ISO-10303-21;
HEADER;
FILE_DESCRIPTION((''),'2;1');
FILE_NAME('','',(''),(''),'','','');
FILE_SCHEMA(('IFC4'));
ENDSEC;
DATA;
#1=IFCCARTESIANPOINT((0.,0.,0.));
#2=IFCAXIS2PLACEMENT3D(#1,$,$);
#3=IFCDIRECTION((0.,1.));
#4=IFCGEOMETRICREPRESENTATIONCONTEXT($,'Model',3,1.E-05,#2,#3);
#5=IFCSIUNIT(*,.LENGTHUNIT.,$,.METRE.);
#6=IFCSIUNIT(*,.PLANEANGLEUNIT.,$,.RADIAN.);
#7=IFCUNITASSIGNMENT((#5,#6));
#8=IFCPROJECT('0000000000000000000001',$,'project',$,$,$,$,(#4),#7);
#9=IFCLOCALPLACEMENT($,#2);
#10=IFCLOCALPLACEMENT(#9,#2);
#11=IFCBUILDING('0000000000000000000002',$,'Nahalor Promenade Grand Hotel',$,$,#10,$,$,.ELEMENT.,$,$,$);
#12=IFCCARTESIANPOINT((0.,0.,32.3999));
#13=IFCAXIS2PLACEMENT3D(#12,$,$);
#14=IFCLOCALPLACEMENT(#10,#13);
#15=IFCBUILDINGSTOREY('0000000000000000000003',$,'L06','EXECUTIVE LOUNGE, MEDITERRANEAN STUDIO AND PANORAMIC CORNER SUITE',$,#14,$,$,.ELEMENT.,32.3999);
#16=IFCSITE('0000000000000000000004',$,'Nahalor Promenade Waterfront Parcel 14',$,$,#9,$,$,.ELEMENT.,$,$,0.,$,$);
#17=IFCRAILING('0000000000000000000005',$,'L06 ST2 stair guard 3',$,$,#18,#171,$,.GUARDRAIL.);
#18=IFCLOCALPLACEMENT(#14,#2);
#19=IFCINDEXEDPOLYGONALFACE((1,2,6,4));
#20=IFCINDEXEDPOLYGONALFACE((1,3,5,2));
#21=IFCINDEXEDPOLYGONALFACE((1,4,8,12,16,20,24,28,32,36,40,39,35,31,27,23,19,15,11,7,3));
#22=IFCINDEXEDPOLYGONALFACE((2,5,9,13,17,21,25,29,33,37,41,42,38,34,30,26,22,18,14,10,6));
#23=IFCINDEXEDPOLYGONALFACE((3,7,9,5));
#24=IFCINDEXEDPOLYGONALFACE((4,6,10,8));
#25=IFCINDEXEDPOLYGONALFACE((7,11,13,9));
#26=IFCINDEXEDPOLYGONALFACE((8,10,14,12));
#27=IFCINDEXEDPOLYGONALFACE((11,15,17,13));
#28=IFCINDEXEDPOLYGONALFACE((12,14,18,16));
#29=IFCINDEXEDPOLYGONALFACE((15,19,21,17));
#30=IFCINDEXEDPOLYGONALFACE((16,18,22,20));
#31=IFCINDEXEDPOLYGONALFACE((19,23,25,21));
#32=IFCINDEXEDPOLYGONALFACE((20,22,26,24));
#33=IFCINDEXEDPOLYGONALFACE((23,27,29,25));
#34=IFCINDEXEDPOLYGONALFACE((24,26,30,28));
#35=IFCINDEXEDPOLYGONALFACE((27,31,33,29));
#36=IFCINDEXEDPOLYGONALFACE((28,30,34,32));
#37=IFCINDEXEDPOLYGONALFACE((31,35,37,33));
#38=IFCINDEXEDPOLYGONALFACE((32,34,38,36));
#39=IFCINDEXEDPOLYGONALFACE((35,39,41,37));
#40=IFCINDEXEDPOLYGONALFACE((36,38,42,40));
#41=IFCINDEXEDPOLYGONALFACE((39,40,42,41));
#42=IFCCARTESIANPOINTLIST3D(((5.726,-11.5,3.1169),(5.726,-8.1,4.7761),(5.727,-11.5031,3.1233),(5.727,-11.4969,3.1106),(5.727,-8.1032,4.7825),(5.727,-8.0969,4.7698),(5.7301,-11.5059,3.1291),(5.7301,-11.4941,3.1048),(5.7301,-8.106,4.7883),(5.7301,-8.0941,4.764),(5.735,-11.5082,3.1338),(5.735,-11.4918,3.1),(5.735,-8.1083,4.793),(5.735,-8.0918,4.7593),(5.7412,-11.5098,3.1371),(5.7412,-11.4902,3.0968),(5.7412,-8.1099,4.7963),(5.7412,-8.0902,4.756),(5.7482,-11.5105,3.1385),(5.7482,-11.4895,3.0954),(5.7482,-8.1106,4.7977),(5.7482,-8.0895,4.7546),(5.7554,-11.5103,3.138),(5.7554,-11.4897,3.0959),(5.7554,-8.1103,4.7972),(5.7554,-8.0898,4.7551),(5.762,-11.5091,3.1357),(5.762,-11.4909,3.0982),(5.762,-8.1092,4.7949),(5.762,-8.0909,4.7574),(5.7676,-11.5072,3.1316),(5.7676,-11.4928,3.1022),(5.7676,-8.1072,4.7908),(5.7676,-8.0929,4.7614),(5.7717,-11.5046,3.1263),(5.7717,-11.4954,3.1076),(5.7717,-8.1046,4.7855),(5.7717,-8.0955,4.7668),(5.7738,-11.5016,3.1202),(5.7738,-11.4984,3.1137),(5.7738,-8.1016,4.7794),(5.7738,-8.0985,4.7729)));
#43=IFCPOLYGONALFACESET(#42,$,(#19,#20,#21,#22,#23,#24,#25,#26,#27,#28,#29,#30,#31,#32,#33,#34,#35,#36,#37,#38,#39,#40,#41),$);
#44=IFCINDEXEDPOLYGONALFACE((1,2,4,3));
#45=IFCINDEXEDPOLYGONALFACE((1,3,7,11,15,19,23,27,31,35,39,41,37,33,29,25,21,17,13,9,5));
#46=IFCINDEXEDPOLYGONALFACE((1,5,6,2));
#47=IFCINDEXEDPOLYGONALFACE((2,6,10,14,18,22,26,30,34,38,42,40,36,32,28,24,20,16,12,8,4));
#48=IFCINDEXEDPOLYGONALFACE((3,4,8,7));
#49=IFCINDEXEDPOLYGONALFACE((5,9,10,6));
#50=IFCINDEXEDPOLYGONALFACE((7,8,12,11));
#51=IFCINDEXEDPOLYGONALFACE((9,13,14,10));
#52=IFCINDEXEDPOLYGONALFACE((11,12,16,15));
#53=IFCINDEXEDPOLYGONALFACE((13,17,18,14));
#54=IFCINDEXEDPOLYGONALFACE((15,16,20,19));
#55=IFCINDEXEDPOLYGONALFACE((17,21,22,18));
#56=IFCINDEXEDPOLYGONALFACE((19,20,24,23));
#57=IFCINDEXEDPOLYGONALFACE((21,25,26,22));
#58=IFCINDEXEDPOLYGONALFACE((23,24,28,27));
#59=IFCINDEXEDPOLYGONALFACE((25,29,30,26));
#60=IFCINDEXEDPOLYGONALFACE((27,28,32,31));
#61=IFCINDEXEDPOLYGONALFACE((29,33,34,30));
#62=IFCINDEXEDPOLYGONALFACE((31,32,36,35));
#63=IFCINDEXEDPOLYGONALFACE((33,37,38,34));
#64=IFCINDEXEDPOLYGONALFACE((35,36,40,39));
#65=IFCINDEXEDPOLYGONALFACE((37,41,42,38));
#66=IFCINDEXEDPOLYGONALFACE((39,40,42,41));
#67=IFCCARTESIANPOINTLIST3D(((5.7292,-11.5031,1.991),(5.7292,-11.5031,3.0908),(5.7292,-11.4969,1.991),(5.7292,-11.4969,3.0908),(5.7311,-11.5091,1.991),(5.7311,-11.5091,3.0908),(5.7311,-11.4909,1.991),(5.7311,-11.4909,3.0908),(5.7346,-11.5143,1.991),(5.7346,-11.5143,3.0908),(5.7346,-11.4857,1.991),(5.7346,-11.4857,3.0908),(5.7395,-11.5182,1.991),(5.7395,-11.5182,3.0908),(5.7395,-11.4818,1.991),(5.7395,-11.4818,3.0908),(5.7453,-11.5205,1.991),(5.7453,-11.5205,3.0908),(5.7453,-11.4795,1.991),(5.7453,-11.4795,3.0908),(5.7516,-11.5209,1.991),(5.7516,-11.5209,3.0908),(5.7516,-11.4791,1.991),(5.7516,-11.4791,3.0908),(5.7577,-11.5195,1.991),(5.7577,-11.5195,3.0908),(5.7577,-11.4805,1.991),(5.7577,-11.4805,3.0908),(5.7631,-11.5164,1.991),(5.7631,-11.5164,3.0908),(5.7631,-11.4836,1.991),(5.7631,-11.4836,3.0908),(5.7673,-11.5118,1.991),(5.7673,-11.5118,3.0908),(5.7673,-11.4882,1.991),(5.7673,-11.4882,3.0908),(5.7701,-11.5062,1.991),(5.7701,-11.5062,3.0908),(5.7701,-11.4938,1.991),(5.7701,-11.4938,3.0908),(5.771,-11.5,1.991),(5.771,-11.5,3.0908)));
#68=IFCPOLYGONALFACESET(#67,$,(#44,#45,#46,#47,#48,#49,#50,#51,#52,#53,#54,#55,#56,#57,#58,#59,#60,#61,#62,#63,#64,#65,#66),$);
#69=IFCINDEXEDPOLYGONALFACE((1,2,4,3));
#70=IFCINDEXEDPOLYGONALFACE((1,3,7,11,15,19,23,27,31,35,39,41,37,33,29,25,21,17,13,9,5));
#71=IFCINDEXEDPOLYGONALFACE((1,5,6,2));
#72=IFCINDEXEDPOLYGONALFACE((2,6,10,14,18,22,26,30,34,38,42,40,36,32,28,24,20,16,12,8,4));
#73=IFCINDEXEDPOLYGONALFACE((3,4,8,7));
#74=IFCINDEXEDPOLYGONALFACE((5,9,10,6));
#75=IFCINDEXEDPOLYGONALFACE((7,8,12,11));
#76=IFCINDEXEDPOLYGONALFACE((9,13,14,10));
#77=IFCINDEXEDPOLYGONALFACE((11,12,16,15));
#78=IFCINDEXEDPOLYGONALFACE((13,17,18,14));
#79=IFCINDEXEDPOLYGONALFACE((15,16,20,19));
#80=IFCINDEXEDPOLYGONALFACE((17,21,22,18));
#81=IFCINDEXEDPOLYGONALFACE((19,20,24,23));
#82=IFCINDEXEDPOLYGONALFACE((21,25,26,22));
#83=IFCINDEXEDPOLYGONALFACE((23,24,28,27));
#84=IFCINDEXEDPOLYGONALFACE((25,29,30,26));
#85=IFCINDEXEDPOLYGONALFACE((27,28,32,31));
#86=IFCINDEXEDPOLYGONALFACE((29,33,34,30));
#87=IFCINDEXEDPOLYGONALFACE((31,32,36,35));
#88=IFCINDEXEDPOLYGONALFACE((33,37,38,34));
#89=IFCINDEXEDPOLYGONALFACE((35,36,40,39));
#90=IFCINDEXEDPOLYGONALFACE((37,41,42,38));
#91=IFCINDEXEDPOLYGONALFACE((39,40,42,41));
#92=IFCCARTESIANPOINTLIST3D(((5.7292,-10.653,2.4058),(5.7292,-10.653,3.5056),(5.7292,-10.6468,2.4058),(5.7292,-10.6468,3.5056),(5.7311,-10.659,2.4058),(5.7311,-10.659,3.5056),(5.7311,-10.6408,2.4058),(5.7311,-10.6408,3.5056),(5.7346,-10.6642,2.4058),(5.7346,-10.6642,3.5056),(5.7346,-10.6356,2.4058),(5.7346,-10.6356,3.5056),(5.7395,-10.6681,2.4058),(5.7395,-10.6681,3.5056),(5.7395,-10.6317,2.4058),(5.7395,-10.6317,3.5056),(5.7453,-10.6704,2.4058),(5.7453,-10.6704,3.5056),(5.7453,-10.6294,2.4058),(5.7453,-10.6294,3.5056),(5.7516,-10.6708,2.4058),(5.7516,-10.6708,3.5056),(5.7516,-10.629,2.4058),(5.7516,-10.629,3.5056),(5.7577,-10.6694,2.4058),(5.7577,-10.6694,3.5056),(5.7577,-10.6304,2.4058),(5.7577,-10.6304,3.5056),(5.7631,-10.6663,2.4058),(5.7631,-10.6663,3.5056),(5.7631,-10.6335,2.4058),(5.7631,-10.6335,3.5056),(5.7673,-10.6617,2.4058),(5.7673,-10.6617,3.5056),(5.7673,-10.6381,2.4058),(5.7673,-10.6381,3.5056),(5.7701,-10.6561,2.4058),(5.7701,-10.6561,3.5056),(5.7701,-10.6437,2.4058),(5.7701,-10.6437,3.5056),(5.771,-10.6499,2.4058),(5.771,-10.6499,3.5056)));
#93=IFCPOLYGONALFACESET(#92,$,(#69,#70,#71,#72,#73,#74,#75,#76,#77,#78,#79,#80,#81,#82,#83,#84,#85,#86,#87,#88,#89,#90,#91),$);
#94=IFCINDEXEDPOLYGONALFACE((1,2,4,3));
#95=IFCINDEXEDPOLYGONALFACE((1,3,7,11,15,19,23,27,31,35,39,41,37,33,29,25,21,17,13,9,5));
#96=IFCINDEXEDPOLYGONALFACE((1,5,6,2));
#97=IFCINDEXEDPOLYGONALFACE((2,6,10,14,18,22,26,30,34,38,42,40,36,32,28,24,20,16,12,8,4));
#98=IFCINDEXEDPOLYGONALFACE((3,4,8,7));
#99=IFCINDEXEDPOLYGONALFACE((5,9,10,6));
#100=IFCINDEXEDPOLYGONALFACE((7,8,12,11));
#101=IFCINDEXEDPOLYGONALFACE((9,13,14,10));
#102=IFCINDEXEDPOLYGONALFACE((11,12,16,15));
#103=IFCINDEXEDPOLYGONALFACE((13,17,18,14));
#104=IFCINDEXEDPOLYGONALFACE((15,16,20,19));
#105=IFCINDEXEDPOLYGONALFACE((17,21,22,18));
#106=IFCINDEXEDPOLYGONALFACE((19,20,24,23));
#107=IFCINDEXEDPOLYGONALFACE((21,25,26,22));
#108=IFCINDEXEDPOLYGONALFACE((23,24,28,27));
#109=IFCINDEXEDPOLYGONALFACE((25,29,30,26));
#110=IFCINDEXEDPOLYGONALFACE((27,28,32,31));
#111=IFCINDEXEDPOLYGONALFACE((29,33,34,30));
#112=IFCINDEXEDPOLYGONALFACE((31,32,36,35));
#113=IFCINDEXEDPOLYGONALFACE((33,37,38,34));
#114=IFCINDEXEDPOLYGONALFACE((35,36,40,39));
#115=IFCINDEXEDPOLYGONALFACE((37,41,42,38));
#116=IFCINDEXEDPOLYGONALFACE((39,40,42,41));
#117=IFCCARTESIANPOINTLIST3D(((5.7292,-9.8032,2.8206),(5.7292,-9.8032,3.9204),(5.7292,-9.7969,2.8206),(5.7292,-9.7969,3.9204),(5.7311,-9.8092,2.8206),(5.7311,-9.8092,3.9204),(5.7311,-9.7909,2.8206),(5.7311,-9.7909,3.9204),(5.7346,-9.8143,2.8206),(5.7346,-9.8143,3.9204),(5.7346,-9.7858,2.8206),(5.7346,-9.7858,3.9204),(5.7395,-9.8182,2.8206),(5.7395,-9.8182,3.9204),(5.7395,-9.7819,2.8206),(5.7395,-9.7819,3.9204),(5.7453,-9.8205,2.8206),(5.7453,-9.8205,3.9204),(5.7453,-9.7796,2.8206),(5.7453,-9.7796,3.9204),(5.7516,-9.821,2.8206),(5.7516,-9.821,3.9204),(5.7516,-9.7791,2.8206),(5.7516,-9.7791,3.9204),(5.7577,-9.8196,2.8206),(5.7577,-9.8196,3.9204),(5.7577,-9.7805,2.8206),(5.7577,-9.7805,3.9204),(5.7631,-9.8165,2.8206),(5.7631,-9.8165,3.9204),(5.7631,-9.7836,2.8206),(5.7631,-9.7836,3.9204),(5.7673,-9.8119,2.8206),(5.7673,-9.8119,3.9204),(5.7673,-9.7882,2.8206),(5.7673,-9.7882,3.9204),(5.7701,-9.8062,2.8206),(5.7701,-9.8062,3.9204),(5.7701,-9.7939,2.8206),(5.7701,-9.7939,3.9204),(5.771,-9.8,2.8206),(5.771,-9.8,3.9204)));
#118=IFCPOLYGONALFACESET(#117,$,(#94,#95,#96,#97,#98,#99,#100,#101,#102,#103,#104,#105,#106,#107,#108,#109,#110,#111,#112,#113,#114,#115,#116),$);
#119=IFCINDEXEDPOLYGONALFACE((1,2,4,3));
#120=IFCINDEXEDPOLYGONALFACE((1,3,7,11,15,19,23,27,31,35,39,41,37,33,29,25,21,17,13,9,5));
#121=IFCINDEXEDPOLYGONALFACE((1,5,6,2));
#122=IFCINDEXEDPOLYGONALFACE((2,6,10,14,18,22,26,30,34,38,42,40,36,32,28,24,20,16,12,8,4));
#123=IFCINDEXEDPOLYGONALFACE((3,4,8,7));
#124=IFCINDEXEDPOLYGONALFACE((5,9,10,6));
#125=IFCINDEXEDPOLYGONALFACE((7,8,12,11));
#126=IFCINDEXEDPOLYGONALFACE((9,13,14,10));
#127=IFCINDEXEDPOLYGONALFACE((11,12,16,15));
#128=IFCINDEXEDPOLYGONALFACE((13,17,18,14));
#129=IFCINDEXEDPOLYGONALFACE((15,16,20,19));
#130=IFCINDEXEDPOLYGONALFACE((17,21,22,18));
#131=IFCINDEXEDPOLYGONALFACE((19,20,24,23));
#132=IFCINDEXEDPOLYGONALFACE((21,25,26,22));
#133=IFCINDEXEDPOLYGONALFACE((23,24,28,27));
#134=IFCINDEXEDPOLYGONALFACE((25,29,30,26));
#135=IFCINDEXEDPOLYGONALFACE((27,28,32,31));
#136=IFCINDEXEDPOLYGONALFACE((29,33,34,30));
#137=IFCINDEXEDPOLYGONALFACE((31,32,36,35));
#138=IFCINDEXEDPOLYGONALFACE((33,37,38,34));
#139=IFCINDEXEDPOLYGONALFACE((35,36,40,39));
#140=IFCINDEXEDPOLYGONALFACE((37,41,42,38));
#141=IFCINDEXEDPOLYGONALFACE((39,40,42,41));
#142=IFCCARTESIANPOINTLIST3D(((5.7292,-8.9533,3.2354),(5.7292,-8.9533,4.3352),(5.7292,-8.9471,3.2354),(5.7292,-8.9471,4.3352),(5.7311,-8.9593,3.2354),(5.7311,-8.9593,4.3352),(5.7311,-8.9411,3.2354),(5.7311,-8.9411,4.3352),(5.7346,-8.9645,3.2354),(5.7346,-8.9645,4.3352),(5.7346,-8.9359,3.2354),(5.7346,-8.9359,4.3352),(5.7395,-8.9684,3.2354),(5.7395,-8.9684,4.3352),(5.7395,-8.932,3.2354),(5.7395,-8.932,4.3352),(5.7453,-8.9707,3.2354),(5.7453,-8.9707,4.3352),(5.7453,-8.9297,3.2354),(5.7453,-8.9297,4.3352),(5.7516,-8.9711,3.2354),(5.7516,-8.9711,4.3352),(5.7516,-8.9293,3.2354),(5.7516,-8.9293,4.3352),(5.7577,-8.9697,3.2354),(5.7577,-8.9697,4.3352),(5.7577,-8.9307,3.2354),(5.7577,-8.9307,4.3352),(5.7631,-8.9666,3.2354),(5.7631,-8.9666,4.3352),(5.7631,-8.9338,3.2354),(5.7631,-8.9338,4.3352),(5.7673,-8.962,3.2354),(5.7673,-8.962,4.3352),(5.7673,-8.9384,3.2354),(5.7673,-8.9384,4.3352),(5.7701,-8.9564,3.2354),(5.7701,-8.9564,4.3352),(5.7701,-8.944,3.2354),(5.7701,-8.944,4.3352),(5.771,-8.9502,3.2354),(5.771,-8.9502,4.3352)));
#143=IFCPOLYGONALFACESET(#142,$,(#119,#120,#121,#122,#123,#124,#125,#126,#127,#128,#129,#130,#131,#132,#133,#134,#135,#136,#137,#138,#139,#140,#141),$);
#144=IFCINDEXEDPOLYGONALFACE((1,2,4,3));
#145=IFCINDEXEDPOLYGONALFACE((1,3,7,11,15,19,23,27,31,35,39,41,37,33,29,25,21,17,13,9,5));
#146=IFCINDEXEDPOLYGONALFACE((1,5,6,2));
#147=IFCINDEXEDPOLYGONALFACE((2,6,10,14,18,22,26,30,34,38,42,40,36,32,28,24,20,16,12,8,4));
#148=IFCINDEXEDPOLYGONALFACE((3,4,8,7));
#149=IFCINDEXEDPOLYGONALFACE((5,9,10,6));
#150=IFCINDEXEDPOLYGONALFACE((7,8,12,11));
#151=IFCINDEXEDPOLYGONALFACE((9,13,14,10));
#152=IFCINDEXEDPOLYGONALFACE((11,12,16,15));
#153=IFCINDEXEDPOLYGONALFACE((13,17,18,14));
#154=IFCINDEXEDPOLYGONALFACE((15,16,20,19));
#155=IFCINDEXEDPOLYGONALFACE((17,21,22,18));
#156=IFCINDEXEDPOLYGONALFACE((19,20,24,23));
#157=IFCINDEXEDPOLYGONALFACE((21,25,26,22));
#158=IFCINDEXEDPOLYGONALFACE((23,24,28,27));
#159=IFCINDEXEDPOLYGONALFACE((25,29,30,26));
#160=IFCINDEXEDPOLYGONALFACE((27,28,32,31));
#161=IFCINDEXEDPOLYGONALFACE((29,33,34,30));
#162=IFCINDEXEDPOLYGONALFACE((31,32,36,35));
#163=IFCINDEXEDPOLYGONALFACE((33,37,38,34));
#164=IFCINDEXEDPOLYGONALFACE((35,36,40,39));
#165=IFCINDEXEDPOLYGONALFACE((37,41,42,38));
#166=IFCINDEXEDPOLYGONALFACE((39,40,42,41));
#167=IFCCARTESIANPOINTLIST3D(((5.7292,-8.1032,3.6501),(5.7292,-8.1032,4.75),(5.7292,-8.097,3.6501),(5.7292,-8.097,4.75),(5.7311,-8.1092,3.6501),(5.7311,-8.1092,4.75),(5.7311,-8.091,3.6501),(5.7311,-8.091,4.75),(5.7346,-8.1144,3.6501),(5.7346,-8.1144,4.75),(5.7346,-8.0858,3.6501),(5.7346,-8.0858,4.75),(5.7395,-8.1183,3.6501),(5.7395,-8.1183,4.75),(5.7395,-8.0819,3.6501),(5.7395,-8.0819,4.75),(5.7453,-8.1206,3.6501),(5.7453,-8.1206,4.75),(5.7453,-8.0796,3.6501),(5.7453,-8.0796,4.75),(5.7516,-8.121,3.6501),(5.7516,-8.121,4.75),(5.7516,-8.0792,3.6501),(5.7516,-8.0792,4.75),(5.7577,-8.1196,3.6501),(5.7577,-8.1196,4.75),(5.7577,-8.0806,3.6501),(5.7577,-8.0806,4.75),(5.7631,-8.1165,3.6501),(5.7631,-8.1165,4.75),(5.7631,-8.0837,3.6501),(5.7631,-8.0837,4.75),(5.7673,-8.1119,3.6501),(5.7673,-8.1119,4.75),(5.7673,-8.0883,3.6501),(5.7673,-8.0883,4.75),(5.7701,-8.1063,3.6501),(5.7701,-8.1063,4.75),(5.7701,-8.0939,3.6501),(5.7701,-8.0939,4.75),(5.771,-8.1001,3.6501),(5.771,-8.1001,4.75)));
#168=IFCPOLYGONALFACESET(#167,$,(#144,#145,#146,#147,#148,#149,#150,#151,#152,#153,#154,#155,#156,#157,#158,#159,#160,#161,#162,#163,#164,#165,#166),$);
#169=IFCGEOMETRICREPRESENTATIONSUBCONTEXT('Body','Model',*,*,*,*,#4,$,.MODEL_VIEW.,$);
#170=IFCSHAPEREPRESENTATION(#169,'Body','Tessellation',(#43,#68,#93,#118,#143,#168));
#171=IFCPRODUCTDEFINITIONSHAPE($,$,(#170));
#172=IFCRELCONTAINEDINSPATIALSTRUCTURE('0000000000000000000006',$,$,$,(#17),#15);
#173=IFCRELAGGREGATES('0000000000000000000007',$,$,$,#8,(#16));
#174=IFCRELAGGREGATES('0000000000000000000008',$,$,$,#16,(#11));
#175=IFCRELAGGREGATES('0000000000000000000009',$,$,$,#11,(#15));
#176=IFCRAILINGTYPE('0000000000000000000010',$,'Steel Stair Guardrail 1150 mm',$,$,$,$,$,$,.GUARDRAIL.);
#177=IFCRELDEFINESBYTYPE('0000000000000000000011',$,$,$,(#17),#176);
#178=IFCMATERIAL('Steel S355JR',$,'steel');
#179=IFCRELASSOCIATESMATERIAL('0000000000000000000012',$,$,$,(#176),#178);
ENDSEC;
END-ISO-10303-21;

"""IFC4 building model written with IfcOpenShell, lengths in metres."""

from ifc_helpers import new_model, si_unit, direction, frame, origin, origin_2d, place, context, subcontext, project, spatial, circle, extrude, material, type_object, element, save


model = new_model("IFC4")

# Units and contexts
model_context = context("Model", 3, precision=1e-05, world=origin(), true_north=direction((0.0, 1.0)))
body_context = subcontext(model_context, "Body", "Model", "MODEL_VIEW")
ifc_project = project(units=[si_unit("LENGTHUNIT", "METRE"), si_unit("PLANEANGLEUNIT", "RADIAN")], contexts=[model_context])

# Site, building, storey
site_placement = place(None, origin())
site = spatial("IfcSite", under=ifc_project, at=site_placement, Name="Nahalor Promenade Waterfront Parcel 14", CompositionType="ELEMENT", RefElevation=0.0)
building_placement = place(site_placement, origin())
building = spatial("IfcBuilding", under=site, at=building_placement, Name="Nahalor Promenade Grand Hotel", CompositionType="ELEMENT")
storey_placement = place(building_placement, frame((0.0, 0.0, 32.3999)))
storey = spatial("IfcBuildingStorey", under=building, at=storey_placement, Name="L06", Description="EXECUTIVE LOUNGE, MEDITERRANEAN STUDIO AND PANORAMIC CORNER SUITE", CompositionType="ELEMENT", Elevation=32.3999)

# Shared definitions
ifc_material_1 = material(Name="Steel S355JR", Category="steel")

# Railing
railing_type_1 = type_object("IfcRailingType", Name="Steel Stair Guardrail 1150 mm", PredefinedType="GUARDRAIL", material=ifc_material_1)
railing_1_placement = place(storey_placement, frame((5.75, -11.5, 1.991)))
element("IfcRailing", 1, at=railing_1_placement, inside=storey, type_object=railing_type_1, Name="L06 ST2 stair guard 3", PredefinedType="GUARDRAIL", context=body_context, shape_type="SweptSolid", body=[
    extrude(circle(Radius=0.024, at=origin_2d()), frame((0.0, 0.0, 1.126), z_axis=(0.0, 0.898696, 0.438571), x_axis=(-1.0, 0.0, 0.0)), (0.0, 0.0, 1.0), 3.7832),
    extrude(circle(Radius=0.021, at=origin_2d()), origin(), (0.0, 0.0, 1.0), 1.0999),
    extrude(circle(Radius=0.021, at=origin_2d()), frame((0.0, 0.8501, 0.4148)), (0.0, 0.0, 1.0), 1.0999),
    extrude(circle(Radius=0.021, at=origin_2d()), frame((0.0, 1.7, 0.8296)), (0.0, 0.0, 1.0), 1.0999),
    extrude(circle(Radius=0.021, at=origin_2d()), frame((0.0, 2.5498, 1.2444)), (0.0, 0.0, 1.0), 1.0999),
    extrude(circle(Radius=0.021, at=origin_2d()), frame((0.0, 3.3999, 1.6592)), (0.0, 0.0, 1.0), 1.0999),
])

save(model, "model.ifc")
